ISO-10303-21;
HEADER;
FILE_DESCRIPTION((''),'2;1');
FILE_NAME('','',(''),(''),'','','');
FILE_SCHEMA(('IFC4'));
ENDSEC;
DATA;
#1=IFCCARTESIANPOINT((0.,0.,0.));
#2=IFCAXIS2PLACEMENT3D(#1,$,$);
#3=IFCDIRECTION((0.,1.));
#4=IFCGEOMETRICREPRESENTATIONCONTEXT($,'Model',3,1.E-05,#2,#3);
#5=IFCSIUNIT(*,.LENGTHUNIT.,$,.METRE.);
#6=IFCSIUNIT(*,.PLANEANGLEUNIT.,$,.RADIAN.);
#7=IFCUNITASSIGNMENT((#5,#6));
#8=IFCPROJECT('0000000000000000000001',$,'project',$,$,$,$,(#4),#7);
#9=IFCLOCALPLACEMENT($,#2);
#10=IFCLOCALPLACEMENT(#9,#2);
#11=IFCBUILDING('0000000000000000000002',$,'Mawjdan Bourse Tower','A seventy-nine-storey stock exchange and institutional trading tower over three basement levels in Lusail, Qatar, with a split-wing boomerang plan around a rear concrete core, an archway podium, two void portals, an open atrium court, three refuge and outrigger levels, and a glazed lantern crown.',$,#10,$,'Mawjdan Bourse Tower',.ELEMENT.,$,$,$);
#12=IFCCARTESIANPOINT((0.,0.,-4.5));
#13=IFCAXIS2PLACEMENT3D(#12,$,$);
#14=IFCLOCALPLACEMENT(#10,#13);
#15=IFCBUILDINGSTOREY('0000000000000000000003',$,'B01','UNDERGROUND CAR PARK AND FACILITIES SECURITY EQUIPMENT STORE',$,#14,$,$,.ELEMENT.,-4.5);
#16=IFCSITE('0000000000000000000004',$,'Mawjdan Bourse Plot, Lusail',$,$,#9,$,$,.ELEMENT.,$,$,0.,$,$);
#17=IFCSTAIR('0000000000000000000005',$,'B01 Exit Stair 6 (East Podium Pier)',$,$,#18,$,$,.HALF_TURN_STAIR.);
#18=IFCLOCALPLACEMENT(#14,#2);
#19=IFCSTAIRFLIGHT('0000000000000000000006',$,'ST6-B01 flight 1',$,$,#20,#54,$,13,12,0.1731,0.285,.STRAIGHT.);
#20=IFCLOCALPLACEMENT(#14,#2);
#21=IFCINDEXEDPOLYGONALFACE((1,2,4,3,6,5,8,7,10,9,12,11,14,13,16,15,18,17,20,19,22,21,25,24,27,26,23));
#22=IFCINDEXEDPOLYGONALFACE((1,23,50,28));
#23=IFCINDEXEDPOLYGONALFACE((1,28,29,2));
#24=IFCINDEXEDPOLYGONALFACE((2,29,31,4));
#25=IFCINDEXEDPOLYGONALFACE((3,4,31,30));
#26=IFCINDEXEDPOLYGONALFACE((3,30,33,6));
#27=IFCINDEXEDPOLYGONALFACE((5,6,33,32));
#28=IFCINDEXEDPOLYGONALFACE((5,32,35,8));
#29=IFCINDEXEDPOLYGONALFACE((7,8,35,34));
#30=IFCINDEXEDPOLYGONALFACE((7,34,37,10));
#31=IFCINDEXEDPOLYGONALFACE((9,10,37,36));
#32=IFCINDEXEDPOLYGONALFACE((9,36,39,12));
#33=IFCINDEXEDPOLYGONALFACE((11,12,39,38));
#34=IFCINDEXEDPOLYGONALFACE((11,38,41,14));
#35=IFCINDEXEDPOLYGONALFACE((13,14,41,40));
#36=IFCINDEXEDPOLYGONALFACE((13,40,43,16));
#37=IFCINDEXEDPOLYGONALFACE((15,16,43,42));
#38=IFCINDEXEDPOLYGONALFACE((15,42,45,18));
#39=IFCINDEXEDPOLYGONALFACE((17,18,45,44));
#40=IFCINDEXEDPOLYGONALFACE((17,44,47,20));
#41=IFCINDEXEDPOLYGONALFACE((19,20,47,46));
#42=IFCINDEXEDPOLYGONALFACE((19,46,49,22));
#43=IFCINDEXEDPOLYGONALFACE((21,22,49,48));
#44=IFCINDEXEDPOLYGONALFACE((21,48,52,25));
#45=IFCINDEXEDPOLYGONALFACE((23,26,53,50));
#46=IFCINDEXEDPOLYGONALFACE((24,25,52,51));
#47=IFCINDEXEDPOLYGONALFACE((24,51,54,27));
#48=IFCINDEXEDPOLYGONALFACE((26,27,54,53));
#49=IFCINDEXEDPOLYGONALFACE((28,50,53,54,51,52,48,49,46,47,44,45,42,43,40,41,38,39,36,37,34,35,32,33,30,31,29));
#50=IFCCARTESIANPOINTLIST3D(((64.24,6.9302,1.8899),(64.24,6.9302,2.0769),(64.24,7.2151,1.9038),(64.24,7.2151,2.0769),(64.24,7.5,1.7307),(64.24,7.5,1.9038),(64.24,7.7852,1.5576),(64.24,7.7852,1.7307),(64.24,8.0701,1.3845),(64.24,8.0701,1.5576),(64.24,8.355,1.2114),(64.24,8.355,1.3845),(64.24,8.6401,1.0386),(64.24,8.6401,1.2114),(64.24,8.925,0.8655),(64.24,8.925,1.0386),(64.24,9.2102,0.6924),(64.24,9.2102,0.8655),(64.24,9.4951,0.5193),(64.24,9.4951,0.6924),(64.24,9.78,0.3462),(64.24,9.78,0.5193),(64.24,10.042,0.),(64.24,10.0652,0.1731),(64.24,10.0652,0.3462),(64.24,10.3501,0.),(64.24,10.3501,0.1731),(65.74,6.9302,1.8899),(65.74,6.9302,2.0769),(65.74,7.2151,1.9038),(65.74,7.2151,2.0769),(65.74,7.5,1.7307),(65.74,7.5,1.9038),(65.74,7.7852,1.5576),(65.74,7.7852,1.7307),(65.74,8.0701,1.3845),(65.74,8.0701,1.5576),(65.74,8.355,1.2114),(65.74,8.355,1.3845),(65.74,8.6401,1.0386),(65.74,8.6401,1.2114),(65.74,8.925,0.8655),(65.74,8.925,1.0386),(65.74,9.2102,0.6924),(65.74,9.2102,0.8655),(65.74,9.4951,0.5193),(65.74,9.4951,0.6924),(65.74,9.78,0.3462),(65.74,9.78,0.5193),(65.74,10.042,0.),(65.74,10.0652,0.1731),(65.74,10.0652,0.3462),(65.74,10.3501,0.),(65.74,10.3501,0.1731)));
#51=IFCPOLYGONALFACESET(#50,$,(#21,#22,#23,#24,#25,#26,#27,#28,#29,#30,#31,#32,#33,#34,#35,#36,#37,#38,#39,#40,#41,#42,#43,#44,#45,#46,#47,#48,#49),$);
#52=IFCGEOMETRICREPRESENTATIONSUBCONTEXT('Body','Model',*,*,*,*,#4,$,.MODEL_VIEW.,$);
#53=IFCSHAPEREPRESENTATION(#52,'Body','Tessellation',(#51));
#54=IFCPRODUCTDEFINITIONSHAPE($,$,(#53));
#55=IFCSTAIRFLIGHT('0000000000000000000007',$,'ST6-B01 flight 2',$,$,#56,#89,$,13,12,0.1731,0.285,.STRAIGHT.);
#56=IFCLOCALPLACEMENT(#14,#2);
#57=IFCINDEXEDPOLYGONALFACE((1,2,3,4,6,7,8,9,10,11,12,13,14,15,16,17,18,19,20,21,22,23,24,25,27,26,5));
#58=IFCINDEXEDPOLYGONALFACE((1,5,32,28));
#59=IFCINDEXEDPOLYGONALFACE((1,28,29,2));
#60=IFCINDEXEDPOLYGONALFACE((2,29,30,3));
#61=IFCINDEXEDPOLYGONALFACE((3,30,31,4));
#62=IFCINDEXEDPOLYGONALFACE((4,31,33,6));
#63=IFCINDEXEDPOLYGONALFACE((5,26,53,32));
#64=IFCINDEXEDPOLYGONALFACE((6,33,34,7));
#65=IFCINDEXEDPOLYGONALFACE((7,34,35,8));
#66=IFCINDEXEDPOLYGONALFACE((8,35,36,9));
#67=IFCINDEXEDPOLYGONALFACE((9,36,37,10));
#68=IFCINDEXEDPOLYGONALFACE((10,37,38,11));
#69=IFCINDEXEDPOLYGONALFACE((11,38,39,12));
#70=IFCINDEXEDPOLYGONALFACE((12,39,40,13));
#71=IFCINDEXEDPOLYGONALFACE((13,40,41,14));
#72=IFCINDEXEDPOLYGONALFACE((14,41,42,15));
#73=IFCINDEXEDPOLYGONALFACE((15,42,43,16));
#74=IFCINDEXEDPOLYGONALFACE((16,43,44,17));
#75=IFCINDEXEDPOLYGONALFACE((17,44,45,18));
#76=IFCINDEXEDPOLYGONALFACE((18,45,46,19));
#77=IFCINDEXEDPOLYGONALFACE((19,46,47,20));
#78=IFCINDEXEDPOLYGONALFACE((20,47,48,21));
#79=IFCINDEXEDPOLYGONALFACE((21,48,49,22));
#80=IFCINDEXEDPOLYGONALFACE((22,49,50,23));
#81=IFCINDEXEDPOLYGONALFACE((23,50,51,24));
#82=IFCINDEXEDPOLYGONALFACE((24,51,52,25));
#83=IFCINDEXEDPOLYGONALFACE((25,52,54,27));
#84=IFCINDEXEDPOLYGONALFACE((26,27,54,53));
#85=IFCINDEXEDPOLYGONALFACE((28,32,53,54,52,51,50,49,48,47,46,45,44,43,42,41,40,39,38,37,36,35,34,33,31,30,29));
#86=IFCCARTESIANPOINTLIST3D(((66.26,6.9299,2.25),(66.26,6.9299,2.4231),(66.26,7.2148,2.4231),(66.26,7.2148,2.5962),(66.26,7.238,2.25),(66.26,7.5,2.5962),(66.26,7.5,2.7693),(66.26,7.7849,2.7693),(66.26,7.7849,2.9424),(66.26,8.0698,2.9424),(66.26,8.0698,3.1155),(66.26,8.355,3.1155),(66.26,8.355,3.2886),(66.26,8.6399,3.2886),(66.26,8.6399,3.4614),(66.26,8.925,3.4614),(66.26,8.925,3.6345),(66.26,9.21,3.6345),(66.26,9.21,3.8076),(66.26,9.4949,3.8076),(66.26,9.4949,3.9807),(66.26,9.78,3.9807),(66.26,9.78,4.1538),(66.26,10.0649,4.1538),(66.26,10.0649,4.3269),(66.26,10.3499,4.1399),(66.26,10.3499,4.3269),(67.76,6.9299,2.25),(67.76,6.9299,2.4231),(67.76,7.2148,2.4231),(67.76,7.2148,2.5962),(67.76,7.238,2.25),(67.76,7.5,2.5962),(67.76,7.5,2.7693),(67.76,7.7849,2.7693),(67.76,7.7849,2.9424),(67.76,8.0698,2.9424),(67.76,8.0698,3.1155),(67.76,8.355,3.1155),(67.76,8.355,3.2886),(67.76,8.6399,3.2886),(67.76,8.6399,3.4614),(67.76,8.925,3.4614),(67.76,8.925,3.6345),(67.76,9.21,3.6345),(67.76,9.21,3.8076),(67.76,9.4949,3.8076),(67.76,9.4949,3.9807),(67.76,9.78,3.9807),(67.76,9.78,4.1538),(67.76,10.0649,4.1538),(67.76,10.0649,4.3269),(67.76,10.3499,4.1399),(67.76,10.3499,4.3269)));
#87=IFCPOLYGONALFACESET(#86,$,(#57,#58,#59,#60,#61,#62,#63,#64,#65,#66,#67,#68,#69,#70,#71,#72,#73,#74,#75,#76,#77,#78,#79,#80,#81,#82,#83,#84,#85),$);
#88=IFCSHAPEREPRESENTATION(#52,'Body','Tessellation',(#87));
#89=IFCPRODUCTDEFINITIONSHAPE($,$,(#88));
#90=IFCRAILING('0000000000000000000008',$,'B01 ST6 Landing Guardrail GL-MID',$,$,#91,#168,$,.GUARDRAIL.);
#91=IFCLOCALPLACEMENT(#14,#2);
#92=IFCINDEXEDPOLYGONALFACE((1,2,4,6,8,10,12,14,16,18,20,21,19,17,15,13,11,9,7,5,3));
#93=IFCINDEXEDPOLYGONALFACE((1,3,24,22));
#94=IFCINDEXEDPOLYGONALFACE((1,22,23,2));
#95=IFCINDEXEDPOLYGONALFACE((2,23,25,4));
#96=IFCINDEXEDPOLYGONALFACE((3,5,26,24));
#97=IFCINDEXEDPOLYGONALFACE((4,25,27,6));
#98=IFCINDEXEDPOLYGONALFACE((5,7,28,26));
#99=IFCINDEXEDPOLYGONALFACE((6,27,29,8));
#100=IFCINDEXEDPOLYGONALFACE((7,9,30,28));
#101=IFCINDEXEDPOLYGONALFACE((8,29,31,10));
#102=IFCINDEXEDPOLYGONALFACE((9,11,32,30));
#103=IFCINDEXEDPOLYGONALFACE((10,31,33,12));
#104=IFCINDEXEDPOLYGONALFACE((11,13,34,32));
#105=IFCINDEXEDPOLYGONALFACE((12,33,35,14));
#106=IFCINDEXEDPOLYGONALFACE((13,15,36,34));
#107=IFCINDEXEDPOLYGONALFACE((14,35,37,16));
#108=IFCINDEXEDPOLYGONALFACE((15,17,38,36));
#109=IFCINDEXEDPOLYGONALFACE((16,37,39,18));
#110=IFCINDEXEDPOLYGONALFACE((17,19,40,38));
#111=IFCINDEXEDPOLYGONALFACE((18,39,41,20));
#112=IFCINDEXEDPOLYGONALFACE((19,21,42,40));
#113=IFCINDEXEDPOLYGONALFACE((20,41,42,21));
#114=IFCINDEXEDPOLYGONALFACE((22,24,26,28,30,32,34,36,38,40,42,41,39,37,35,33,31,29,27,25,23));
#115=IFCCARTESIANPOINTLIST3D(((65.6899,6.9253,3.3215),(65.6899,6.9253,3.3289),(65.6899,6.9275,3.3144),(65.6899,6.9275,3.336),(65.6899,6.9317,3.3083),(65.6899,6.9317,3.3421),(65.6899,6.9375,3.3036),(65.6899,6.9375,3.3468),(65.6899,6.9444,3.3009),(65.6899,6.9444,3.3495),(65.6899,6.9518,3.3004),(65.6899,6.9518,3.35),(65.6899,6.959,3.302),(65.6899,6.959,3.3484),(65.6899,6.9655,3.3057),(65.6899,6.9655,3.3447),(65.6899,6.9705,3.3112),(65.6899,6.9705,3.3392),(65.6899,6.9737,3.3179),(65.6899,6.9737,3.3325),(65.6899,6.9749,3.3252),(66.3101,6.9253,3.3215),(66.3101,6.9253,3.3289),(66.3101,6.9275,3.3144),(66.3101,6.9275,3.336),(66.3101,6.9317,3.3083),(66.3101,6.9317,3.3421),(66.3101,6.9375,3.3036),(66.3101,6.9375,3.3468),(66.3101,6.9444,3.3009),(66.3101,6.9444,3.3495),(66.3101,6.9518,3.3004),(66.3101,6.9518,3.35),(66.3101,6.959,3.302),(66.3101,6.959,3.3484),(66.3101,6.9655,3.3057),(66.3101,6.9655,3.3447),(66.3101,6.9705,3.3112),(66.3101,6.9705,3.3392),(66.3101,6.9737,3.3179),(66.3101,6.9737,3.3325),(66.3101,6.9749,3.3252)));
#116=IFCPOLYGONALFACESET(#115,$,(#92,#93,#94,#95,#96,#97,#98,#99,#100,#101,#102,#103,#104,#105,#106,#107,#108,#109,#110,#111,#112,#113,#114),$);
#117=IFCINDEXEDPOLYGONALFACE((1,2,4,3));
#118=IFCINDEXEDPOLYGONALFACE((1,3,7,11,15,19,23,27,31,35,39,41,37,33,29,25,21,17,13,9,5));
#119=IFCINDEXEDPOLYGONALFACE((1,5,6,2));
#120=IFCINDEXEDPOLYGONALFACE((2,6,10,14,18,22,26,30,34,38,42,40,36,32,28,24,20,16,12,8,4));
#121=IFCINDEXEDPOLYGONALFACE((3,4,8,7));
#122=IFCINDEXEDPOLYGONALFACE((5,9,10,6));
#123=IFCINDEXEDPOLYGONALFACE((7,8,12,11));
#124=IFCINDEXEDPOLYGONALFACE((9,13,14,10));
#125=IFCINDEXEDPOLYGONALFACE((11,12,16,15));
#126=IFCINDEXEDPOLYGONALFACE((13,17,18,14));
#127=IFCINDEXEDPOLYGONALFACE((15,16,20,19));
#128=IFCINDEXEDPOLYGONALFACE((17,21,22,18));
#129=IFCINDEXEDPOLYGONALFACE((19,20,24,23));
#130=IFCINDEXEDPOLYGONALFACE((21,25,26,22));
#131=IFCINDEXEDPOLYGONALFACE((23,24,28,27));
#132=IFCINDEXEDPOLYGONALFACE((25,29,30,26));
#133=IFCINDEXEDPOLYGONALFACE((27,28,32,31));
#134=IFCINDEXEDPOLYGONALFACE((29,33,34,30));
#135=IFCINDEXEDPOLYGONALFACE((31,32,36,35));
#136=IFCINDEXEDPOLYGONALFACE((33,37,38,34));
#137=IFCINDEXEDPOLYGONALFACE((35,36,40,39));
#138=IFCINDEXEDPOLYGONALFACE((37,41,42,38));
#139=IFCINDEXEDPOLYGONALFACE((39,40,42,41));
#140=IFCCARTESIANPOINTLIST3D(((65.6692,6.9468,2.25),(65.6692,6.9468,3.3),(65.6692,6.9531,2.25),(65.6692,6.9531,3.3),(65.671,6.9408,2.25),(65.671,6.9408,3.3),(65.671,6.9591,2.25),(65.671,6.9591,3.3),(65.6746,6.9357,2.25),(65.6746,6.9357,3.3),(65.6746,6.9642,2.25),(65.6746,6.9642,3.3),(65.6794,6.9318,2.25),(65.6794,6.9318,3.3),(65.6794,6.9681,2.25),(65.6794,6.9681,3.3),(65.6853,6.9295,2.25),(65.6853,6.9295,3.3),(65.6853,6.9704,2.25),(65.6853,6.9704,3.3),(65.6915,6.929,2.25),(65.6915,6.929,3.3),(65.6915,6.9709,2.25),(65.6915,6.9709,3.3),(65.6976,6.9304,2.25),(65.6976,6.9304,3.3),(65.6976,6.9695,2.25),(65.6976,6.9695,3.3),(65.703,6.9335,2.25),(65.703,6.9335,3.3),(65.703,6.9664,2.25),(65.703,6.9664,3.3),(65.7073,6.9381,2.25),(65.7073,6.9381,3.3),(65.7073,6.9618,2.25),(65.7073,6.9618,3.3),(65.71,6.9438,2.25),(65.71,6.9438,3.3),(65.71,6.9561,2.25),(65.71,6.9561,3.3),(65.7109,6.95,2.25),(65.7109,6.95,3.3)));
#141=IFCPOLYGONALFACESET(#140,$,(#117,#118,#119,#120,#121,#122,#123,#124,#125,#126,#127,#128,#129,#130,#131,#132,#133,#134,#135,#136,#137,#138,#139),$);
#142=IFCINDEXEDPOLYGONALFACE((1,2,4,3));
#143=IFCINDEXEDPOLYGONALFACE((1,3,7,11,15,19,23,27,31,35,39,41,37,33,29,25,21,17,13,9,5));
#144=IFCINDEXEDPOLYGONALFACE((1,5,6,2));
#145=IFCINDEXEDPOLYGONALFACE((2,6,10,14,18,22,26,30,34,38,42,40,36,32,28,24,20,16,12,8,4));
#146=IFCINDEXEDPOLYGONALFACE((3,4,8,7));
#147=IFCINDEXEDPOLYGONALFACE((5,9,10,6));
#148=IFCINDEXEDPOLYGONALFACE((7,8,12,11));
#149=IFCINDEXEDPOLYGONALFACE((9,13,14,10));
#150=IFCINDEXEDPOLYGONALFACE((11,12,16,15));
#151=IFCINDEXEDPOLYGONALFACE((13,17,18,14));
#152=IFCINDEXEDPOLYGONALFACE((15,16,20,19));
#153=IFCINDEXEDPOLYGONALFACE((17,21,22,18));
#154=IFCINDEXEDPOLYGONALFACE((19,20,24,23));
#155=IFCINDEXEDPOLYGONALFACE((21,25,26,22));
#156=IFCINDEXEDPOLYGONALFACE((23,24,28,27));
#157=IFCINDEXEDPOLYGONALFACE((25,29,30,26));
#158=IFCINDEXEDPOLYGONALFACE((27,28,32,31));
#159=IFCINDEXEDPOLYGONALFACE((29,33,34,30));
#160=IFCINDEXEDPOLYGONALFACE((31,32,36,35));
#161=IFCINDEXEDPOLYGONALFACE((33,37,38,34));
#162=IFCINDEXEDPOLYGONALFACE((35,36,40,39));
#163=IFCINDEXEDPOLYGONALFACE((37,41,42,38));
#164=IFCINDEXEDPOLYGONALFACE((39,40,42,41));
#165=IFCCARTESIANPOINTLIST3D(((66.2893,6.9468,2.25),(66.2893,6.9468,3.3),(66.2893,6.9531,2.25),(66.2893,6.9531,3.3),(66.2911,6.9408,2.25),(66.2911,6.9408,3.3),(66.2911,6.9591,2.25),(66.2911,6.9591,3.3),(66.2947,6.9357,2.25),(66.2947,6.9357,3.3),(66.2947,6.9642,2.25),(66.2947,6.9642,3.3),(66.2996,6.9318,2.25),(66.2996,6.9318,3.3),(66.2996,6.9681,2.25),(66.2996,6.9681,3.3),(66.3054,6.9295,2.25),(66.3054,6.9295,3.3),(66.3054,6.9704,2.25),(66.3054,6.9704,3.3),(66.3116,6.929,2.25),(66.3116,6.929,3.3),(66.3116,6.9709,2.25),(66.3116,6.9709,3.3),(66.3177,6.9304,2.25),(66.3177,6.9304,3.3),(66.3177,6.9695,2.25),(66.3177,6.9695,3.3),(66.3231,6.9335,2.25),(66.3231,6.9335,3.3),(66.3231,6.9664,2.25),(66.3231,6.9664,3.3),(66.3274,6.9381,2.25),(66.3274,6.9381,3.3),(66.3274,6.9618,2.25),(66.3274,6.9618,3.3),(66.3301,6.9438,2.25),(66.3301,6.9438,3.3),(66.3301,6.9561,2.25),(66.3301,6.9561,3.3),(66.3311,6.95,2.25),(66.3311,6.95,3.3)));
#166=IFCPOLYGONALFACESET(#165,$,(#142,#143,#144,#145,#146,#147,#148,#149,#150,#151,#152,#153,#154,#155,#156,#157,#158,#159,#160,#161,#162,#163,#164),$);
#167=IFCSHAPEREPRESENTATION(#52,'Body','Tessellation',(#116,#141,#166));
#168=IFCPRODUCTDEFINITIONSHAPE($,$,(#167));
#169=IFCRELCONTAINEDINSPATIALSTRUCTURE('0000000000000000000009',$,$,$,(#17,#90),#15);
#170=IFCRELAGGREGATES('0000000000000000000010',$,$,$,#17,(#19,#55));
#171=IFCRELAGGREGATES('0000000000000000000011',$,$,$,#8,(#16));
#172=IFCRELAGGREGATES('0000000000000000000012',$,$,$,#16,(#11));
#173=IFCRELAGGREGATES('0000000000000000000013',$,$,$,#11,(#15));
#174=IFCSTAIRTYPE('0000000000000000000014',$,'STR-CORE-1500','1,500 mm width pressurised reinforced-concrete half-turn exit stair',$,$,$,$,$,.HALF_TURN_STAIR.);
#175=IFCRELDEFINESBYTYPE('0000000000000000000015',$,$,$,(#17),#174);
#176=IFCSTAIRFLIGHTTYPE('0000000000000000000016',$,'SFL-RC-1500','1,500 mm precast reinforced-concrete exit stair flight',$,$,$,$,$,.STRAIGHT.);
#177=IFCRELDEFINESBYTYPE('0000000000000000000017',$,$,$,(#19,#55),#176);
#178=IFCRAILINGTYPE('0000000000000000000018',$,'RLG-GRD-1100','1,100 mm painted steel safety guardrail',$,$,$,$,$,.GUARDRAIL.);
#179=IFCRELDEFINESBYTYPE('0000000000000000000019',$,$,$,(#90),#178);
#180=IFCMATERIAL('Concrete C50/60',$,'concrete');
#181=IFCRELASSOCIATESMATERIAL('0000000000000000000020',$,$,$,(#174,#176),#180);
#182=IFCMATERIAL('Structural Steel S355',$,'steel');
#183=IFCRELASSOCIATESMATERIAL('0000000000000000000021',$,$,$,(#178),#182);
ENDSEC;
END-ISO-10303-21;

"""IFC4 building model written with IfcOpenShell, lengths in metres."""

from ifc_helpers import new_model, si_unit, direction, frame, origin, origin_2d, place, context, subcontext, project, spatial, polyline, circle, outline, extrude, material, type_object, element, aggregate, save


model = new_model("IFC4")

# Units and contexts
model_context = context("Model", 3, precision=1e-05, world=origin(), true_north=direction((0.0, 1.0)))
body_context = subcontext(model_context, "Body", "Model", "MODEL_VIEW")
ifc_project = project(units=[si_unit("LENGTHUNIT", "METRE"), si_unit("PLANEANGLEUNIT", "RADIAN")], contexts=[model_context])

# Site, building, storey
site_placement = place(None, origin())
site = spatial("IfcSite", under=ifc_project, at=site_placement, Name="Mawjdan Bourse Plot, Lusail", CompositionType="ELEMENT", RefElevation=0.0)
building_placement = place(site_placement, origin())
building = spatial("IfcBuilding", under=site, at=building_placement, Name="Mawjdan Bourse Tower", Description="A seventy-nine-storey stock exchange and institutional trading tower over three basement levels in Lusail, Qatar, with a split-wing boomerang plan around a rear concrete core, an archway podium, two void portals, an open atrium court, three refuge and outrigger levels, and a glazed lantern crown.", LongName="Mawjdan Bourse Tower", CompositionType="ELEMENT")
storey_placement = place(building_placement, frame((0.0, 0.0, -4.5)))
storey = spatial("IfcBuildingStorey", under=building, at=storey_placement, Name="B01", Description="UNDERGROUND CAR PARK AND FACILITIES SECURITY EQUIPMENT STORE", CompositionType="ELEMENT", Elevation=-4.5)

# Shared definitions
ifc_material_1 = material(Name="Structural Steel S355", Category="steel")

# Shared definitions
ifc_material_2 = material(Name="Concrete C50/60", Category="concrete")

# Stair, stair flights
stair_type = type_object("IfcStairType", Name="STR-CORE-1500", Description="1,500 mm width pressurised reinforced-concrete half-turn exit stair", PredefinedType="HALF_TURN_STAIR", material=ifc_material_2)
stair_placement = place(storey_placement, origin())
stair = element("IfcStair", 1, at=stair_placement, inside=storey, type_object=stair_type, Name="B01 Exit Stair 6 (East Podium Pier)", PredefinedType="HALF_TURN_STAIR")
stair_flight_type = type_object("IfcStairFlightType", Name="SFL-RC-1500", Description="1,500 mm precast reinforced-concrete exit stair flight", PredefinedType="STRAIGHT", material=ifc_material_2)
stair_flight_1_placement = place(storey_placement, frame((64.99, 10.3501, 0.0), z_axis=(0.0, 0.0, 1.0), x_axis=(0.0, -1.0, 0.0)))
stair_flight_1 = element("IfcStairFlight", 2, at=stair_flight_1_placement, type_object=stair_flight_type, Name="ST6-B01 flight 1", NumberOfRisers=13, NumberOfTreads=12, PredefinedType="STRAIGHT", RiserHeight=0.1731, TreadLength=0.285, context=body_context, shape_type="SweptSolid", body=[
    extrude(outline(polyline([(0.0, 0.0), (0.0, 0.1731), (0.2849, 0.1731), (0.2849, 0.3462), (0.5701, 0.3462), (0.5701, 0.5193), (0.855, 0.5193), (0.855, 0.6924), (1.1399, 0.6924), (1.1399, 0.8655), (1.425, 0.8655), (1.425, 1.0386), (1.71, 1.0386), (1.71, 1.2114), (1.9951, 1.2114), (1.9951, 1.3845), (2.28, 1.3845), (2.28, 1.5576), (2.5649, 1.5576), (2.5649, 1.7307), (2.8501, 1.7307), (2.8501, 1.9038), (3.135, 1.9038), (3.135, 2.0769), (3.4199, 2.0769), (3.4199, 2.25), (3.4199, 1.8899), (0.3081, 0.0), (0.0, 0.0)])), frame((0.0, 0.75, 0.0), z_axis=(0.0, -1.0, 0.0), x_axis=(1.0, 0.0, 0.0)), (0.0, 0.0, 1.0), 1.5),
])
stair_flight_2_placement = place(storey_placement, frame((67.01, 6.9299, 2.25), z_axis=(0.0, 0.0, 1.0), x_axis=(0.0, 1.0, 0.0)))
stair_flight_2 = element("IfcStairFlight", 3, at=stair_flight_2_placement, type_object=stair_flight_type, Name="ST6-B01 flight 2", NumberOfRisers=13, NumberOfTreads=12, PredefinedType="STRAIGHT", RiserHeight=0.1731, TreadLength=0.285, context=body_context, shape_type="SweptSolid", body=[
    extrude(outline(polyline([(0.0, 0.0), (0.0, 0.1731), (0.2849, 0.1731), (0.2849, 0.3462), (0.5701, 0.3462), (0.5701, 0.5193), (0.855, 0.5193), (0.855, 0.6924), (1.1399, 0.6924), (1.1399, 0.8655), (1.425, 0.8655), (1.425, 1.0386), (1.71, 1.0386), (1.71, 1.2114), (1.9951, 1.2114), (1.9951, 1.3845), (2.28, 1.3845), (2.28, 1.5576), (2.5649, 1.5576), (2.5649, 1.7307), (2.8501, 1.7307), (2.8501, 1.9038), (3.135, 1.9038), (3.135, 2.0769), (3.4199, 2.0769), (3.4199, 2.25), (3.4199, 1.8899), (0.3081, 0.0), (0.0, 0.0)])), frame((0.0, 0.75, 0.0), z_axis=(0.0, -1.0, 0.0), x_axis=(1.0, 0.0, 0.0)), (0.0, 0.0, 1.0), 1.5),
])
aggregate(stair, [stair_flight_1, stair_flight_2])

# Railing
railing_type_1 = type_object("IfcRailingType", Name="RLG-GRD-1100", Description="1,100 mm painted steel safety guardrail", PredefinedType="GUARDRAIL", material=ifc_material_1)
for number, where, name in (
    (4, (65.6899, 6.95, 2.25), "B01 ST6 Landing Guardrail GL-MID"),
):
    element("IfcRailing", number, at=place(storey_placement, frame(where)), inside=storey, type_object=railing_type_1, Name=name, PredefinedType="GUARDRAIL", context=body_context, shape_type="SweptSolid", body=[
        extrude(circle(Radius=0.0249, at=origin_2d()), frame((0.0, 0.0, 1.0752), z_axis=(1.0, 0.0, 0.0), x_axis=(0.0, 1.0, 0.0)), (0.0, 0.0, 1.0), 0.6201),
        extrude(circle(Radius=0.021, at=origin_2d()), origin(), (0.0, 0.0, 1.0), 1.05),
        extrude(circle(Radius=0.021, at=origin_2d()), frame((0.6201, 0.0, 0.0)), (0.0, 0.0, 1.0), 1.05),
    ])

save(model, "model.ifc")
